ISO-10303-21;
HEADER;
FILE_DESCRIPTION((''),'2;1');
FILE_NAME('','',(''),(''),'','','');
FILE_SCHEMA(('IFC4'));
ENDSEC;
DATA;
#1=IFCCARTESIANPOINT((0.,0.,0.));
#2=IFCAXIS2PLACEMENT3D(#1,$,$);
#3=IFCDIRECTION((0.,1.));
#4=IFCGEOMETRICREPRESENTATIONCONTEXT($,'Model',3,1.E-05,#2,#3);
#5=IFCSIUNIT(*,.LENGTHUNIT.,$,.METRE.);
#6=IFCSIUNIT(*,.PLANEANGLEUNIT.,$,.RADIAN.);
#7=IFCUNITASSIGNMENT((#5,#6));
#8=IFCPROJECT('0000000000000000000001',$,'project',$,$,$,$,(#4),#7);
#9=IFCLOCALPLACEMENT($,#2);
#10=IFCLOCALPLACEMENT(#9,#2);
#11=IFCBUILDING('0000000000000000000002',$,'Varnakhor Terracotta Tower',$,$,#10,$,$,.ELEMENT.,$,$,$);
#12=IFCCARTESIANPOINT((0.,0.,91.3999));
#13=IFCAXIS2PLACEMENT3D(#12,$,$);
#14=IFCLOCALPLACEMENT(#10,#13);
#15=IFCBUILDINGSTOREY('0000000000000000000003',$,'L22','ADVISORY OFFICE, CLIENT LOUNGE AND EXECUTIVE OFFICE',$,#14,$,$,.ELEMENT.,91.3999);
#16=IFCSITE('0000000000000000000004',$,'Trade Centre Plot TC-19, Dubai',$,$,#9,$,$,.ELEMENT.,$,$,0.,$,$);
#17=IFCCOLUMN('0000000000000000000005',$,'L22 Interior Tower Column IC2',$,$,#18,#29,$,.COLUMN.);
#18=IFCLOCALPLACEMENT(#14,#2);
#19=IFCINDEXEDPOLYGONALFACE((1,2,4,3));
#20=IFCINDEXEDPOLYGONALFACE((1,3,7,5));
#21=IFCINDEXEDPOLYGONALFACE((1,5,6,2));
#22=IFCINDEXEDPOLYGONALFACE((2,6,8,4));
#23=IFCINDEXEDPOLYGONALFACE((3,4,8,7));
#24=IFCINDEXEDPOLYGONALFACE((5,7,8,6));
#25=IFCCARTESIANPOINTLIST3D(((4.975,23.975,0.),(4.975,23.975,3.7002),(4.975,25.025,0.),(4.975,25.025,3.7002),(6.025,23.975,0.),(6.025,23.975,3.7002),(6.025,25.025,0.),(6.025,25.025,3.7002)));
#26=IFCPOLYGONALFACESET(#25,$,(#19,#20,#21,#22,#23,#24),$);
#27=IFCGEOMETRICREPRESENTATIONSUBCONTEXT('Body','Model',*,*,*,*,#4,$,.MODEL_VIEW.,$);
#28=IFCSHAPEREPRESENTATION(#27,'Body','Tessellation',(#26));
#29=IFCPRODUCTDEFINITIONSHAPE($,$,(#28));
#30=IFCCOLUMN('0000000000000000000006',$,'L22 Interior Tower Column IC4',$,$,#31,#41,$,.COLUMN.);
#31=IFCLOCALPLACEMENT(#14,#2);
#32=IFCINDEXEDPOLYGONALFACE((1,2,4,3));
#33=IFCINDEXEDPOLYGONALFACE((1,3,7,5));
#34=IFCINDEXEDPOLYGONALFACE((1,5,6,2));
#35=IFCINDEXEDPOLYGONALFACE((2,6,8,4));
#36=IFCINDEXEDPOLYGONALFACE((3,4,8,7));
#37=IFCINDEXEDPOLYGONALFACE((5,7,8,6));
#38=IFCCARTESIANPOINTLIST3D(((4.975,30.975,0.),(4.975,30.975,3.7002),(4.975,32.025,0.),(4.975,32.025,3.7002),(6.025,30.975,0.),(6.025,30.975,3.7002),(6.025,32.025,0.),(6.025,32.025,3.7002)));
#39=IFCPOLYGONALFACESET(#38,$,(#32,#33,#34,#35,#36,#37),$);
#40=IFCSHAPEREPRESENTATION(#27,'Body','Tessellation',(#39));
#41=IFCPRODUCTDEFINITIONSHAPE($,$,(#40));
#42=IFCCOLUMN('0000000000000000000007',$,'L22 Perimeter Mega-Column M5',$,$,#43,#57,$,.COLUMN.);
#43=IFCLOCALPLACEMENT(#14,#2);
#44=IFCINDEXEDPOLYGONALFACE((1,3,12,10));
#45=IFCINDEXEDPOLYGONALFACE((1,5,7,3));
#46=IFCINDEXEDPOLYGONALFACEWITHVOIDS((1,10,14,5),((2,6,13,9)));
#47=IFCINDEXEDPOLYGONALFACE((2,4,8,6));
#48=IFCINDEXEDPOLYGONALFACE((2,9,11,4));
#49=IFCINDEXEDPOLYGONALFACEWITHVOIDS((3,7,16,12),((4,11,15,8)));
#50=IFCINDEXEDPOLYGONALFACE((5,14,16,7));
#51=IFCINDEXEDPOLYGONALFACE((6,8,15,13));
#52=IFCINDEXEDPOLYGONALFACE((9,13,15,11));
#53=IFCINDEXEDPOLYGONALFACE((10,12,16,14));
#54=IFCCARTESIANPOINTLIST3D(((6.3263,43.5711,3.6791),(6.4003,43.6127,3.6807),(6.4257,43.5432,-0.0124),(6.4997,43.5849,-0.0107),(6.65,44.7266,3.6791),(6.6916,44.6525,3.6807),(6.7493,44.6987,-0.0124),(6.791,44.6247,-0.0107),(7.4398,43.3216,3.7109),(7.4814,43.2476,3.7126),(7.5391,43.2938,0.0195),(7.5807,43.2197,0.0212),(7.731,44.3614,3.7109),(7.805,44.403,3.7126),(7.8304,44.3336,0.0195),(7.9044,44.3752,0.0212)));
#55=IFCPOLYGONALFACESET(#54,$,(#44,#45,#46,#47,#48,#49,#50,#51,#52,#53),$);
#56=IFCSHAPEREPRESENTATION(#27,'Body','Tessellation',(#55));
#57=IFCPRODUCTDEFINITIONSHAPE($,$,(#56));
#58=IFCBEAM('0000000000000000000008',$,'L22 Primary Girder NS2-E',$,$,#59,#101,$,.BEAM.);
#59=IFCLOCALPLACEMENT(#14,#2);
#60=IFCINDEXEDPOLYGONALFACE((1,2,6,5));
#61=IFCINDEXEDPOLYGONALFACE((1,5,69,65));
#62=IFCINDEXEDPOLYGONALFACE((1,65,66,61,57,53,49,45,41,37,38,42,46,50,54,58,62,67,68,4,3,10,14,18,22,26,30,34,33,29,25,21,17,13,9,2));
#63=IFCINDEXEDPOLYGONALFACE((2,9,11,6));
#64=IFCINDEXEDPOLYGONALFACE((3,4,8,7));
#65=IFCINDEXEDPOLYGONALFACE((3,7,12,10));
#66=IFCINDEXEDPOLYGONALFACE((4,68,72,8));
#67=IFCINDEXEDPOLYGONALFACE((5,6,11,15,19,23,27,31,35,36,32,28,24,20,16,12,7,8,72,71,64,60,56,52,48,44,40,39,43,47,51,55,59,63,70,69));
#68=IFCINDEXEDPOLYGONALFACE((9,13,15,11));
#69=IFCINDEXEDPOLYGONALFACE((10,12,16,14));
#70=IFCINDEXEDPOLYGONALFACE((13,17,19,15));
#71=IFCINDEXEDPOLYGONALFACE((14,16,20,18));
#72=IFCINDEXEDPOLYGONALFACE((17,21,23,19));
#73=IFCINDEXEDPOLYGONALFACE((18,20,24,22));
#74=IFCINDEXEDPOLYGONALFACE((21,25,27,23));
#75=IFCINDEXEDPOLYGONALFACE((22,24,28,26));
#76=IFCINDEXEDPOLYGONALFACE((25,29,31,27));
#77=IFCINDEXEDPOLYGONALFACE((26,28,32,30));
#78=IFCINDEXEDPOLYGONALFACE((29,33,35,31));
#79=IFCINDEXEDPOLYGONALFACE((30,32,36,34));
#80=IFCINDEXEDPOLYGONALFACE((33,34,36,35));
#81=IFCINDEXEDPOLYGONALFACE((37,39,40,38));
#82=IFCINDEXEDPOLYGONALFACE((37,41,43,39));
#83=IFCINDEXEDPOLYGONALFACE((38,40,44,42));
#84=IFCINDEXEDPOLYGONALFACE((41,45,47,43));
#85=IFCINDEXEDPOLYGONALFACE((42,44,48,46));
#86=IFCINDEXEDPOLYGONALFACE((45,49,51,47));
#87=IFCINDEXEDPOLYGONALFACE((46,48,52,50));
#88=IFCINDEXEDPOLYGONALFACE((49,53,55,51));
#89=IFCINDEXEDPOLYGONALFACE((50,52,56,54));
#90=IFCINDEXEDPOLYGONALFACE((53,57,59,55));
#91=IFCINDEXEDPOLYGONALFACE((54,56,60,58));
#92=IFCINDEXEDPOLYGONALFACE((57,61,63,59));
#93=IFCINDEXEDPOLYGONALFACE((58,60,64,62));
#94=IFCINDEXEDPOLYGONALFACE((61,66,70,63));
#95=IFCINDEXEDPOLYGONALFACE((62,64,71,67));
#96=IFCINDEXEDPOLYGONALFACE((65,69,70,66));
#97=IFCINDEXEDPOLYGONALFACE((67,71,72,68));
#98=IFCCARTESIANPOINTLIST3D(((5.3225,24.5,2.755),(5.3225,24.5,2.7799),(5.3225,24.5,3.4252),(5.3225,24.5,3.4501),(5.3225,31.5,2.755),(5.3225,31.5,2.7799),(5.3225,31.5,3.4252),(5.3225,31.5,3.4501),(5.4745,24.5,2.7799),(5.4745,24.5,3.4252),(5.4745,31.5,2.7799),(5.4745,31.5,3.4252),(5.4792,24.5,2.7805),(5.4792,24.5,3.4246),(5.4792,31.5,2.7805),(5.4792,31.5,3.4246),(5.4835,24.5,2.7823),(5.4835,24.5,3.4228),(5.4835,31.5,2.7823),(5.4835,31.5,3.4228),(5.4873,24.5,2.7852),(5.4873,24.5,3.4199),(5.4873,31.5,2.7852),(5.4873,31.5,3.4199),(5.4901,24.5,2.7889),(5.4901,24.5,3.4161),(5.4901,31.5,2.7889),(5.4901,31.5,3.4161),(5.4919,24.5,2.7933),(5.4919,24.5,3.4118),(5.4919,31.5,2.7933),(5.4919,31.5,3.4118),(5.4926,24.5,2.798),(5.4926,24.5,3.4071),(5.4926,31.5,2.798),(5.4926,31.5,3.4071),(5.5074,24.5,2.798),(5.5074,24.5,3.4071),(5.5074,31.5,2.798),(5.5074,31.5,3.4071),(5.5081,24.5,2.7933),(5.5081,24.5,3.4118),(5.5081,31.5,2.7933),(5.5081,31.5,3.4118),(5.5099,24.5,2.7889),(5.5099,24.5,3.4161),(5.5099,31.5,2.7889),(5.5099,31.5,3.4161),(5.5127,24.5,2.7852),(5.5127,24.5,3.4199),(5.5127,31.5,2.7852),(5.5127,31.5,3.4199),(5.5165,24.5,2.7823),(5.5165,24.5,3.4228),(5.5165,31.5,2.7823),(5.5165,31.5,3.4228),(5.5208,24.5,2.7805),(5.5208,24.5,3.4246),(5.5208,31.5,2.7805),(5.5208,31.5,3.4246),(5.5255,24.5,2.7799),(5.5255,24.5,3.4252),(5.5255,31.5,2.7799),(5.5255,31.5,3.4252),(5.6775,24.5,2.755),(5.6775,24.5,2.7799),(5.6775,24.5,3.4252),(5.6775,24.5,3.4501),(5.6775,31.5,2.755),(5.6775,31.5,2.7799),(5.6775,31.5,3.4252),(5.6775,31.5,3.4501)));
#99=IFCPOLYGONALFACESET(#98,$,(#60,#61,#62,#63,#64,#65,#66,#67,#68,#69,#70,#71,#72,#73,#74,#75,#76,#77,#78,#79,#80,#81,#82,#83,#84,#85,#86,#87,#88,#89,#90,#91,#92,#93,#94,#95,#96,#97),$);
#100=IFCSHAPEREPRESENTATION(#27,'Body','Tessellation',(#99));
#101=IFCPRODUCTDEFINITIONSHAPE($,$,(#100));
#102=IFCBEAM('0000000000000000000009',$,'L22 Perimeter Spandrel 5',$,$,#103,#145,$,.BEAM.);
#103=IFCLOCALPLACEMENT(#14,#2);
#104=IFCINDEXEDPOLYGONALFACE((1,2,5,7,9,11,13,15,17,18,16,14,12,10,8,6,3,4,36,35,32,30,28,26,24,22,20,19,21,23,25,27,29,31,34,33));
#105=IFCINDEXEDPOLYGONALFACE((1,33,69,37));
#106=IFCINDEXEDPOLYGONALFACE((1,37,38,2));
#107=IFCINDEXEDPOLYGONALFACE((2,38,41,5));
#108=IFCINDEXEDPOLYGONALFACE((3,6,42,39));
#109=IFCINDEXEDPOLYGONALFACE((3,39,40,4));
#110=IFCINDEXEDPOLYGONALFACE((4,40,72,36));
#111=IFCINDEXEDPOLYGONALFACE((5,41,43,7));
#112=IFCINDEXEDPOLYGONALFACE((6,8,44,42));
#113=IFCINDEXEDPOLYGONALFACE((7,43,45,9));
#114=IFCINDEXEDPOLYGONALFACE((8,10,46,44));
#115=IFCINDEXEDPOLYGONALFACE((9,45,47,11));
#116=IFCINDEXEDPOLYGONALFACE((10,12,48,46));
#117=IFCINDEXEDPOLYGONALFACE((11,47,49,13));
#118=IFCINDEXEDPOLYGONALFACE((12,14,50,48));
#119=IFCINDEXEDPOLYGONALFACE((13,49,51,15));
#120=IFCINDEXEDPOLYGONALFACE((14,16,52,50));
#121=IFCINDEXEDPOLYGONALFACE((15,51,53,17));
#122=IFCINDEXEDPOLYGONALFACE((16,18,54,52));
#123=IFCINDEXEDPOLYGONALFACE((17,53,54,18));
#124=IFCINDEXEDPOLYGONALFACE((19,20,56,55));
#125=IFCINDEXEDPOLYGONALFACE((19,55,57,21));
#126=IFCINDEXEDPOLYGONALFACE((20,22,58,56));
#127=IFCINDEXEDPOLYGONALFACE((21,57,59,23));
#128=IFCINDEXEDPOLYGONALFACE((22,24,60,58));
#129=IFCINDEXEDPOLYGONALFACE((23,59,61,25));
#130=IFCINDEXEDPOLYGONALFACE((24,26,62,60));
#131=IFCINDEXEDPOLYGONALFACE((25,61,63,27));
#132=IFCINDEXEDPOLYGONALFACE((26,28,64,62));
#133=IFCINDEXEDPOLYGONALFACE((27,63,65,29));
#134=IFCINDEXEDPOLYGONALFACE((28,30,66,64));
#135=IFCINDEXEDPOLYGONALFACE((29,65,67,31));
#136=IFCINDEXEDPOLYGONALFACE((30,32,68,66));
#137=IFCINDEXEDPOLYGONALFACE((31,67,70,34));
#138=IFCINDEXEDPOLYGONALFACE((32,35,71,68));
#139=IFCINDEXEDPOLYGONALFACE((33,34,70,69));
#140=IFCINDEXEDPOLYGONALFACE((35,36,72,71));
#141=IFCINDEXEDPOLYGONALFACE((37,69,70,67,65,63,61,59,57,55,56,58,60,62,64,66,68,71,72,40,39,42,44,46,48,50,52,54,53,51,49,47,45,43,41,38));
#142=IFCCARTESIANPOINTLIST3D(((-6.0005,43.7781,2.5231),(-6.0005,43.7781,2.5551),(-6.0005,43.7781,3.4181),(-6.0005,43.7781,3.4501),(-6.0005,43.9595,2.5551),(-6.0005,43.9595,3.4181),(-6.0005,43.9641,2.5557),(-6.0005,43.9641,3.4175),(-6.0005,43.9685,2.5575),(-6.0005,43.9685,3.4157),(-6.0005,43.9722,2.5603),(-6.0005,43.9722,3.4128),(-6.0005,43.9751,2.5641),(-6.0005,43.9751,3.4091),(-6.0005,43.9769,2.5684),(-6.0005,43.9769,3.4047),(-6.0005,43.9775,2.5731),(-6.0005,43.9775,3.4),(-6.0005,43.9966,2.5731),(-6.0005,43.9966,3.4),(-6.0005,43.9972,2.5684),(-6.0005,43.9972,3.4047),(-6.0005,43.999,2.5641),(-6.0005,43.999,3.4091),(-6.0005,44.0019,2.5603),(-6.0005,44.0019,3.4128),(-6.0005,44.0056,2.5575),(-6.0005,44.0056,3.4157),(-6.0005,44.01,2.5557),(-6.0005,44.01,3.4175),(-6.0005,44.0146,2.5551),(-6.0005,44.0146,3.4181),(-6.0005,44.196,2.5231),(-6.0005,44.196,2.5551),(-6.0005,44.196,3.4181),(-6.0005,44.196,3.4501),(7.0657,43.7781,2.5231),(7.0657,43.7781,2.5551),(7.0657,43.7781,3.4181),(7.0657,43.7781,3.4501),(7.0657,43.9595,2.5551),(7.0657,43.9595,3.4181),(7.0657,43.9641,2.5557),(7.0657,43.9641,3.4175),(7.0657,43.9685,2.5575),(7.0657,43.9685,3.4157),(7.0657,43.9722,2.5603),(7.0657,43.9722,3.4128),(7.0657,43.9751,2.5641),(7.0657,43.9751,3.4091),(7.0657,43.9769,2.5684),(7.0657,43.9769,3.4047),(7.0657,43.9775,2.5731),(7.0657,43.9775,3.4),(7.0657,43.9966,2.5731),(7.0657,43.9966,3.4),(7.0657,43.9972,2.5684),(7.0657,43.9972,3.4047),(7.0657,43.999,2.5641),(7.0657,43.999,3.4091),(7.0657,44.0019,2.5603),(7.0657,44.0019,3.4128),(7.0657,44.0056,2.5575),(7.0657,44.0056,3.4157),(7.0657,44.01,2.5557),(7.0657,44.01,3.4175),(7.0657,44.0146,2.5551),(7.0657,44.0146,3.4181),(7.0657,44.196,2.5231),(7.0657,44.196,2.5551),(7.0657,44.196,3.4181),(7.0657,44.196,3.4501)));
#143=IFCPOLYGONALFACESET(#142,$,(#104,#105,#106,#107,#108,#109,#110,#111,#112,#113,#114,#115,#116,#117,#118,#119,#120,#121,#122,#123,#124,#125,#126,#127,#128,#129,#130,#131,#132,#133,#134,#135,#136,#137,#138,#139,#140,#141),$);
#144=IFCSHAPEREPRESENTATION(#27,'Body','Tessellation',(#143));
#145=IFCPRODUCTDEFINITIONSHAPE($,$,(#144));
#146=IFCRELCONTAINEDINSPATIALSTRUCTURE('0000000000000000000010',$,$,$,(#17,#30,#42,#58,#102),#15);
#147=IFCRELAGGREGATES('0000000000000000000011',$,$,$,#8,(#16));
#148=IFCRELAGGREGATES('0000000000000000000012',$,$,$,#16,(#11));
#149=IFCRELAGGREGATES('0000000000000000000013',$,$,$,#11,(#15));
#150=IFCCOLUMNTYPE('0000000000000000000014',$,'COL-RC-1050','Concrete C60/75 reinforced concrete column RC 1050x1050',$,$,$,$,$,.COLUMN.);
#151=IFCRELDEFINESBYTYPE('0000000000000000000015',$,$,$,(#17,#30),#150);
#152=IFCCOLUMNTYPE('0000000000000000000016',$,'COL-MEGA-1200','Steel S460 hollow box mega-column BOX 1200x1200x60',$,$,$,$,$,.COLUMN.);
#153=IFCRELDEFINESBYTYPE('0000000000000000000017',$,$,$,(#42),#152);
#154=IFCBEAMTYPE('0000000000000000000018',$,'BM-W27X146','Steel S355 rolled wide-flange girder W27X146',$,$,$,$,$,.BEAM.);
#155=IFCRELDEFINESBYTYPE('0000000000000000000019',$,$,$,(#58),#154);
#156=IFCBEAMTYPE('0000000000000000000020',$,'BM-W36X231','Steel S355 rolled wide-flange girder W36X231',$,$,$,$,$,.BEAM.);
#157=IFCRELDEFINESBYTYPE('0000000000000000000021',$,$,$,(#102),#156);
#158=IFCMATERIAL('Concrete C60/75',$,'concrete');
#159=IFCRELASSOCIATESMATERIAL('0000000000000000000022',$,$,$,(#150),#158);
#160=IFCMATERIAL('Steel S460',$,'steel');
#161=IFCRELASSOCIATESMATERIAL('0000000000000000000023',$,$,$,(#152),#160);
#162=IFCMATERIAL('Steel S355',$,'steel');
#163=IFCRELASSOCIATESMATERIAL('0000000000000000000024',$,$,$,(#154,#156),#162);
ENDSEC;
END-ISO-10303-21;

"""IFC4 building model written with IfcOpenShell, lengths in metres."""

from ifc_helpers import new_model, si_unit, direction, frame, origin, origin_2d, place, context, subcontext, project, spatial, rectangle, hollow_rectangle, i_section, extrude, source, transform, mapped, material, material_profile, profile_set, type_object, element, save


model = new_model("IFC4")

# Units and contexts
model_context = context("Model", 3, precision=1e-05, world=origin(), true_north=direction((0.0, 1.0)))
body_context = subcontext(model_context, "Body", "Model", "MODEL_VIEW")
ifc_project = project(units=[si_unit("LENGTHUNIT", "METRE"), si_unit("PLANEANGLEUNIT", "RADIAN")], contexts=[model_context])

# Site, building, storey
site_placement = place(None, origin())
site = spatial("IfcSite", under=ifc_project, at=site_placement, Name="Trade Centre Plot TC-19, Dubai", CompositionType="ELEMENT", RefElevation=0.0)
building_placement = place(site_placement, origin())
building = spatial("IfcBuilding", under=site, at=building_placement, Name="Varnakhor Terracotta Tower", CompositionType="ELEMENT")
storey_placement = place(building_placement, frame((0.0, 0.0, 91.3999)))
storey = spatial("IfcBuildingStorey", under=building, at=storey_placement, Name="L22", Description="ADVISORY OFFICE, CLIENT LOUNGE AND EXECUTIVE OFFICE", CompositionType="ELEMENT", Elevation=91.3999)

# Columns
ifc_material_1 = material(Name="Concrete C60/75", Category="concrete")
ifc_material_profile_1 = material_profile(ifc_material_1, rectangle(XDim=1.05, YDim=1.05, at=origin_2d()), Name="RC 1050x1050")
ifc_profile_set_1 = profile_set([ifc_material_profile_1], Name="Concrete C60/75")
column_type_1 = type_object("IfcColumnType", Name="COL-RC-1050", Description="Concrete C60/75 reinforced concrete column RC 1050x1050", PredefinedType="COLUMN", material=ifc_profile_set_1)
shared_shape_1 = source(origin(), body_context, "Body", "SweptSolid", [
    extrude(rectangle(XDim=1.05, YDim=1.05, at=origin_2d()), origin(), (0.0, 0.0, 1.0), 3.7002),
])
for number, where, z_axis, x_axis, name in (
    (1, (5.5, 24.5, 0.0), (0.0, 0.0, 1.0), (1.0, 0.0, 0.0), "L22 Interior Tower Column IC2"),
    (2, (5.5, 31.5, 0.0), (0.0, 0.0, 1.0), (1.0, 0.0, 0.0), "L22 Interior Tower Column IC4"),
):
    element("IfcColumn", number, at=place(storey_placement, frame(where, z_axis=z_axis, x_axis=x_axis)), inside=storey, type_object=column_type_1, Name=name, PredefinedType="COLUMN", context=body_context, shape_type="MappedRepresentation", body=[
        mapped(shared_shape_1, transform((0.0, 0.0, 0.0), scale=1.0)),
    ])
ifc_material_2 = material(Name="Steel S460", Category="steel")
ifc_material_profile_2 = material_profile(ifc_material_2, hollow_rectangle(XDim=1.2, YDim=1.2, WallThickness=0.0601, at=origin_2d()), Name="BOX 1200x1200x60")
ifc_profile_set_2 = profile_set([ifc_material_profile_2], Name="Steel S460")
column_type_2 = type_object("IfcColumnType", Name="COL-MEGA-1200", Description="Steel S460 hollow box mega-column BOX 1200x1200x60", PredefinedType="COLUMN", material=ifc_profile_set_2)
shared_shape_2 = source(origin(), body_context, "Body", "SweptSolid", [
    extrude(hollow_rectangle(XDim=1.2, YDim=1.2, WallThickness=0.0601, at=origin_2d()), origin(), (0.0, 0.0, 1.0), 3.6929),
])
column_placement = place(storey_placement, frame((7.165, 43.9592, 0.0044), z_axis=(-0.026907, 0.007537, 0.99961), x_axis=(-0.269718, -0.962939, 0.0)))
element("IfcColumn", 3, at=column_placement, inside=storey, type_object=column_type_2, Name="L22 Perimeter Mega-Column M5", PredefinedType="COLUMN", context=body_context, shape_type="MappedRepresentation", body=[
    mapped(shared_shape_2, transform((0.0, 0.0, 0.0), scale=1.0)),
])

# Beams
ifc_material_3 = material(Name="Steel S355", Category="steel")
ifc_material_profile_3 = material_profile(ifc_material_3, i_section(OverallWidth=0.355, OverallDepth=0.6951, WebThickness=0.0149, FlangeThickness=0.0249, FilletRadius=0.0181, at=origin_2d()), Name="W27X146")
ifc_profile_set_3 = profile_set([ifc_material_profile_3], Name="Steel S355")
beam_type_1 = type_object("IfcBeamType", Name="BM-W27X146", Description="Steel S355 rolled wide-flange girder W27X146", PredefinedType="BEAM", material=ifc_profile_set_3)
shared_shape_3 = source(origin(), body_context, "Body", "SweptSolid", [
    extrude(i_section(OverallWidth=0.355, OverallDepth=0.6951, WebThickness=0.0149, FlangeThickness=0.0249, FilletRadius=0.0181, at=origin_2d()), origin(), (0.0, 0.0, 1.0), 7.0),
])
beam_1_placement = place(storey_placement, frame((5.5, 24.5, 3.1025), z_axis=(0.0, 1.0, 0.0), x_axis=(-1.0, 0.0, 0.0)))
element("IfcBeam", 4, at=beam_1_placement, inside=storey, type_object=beam_type_1, Name="L22 Primary Girder NS2-E", PredefinedType="BEAM", context=body_context, shape_type="MappedRepresentation", body=[
    mapped(shared_shape_3, transform((0.0, 0.0, 0.0), scale=1.0)),
])
ifc_material_profile_4 = material_profile(ifc_material_3, i_section(OverallWidth=0.418, OverallDepth=0.927, WebThickness=0.019, FlangeThickness=0.032, FilletRadius=0.0181, at=origin_2d()), Name="W36X231")
ifc_profile_set_4 = profile_set([ifc_material_profile_4], Name="Steel S355")
beam_type_2 = type_object("IfcBeamType", Name="BM-W36X231", Description="Steel S355 rolled wide-flange girder W36X231", PredefinedType="BEAM", material=ifc_profile_set_4)
shared_shape_4 = source(origin(), body_context, "Body", "SweptSolid", [
    extrude(i_section(OverallWidth=0.418, OverallDepth=0.927, WebThickness=0.019, FlangeThickness=0.032, FilletRadius=0.0181, at=origin_2d()), origin(), (0.0, 0.0, 1.0), 13.0662),
])
beam_2_placement = place(storey_placement, frame((7.0657, 43.9871, 2.9866), z_axis=(-1.0, 0.0, 0.0), x_axis=(0.0, -1.0, 0.0)))
element("IfcBeam", 5, at=beam_2_placement, inside=storey, type_object=beam_type_2, Name="L22 Perimeter Spandrel 5", PredefinedType="BEAM", context=body_context, shape_type="MappedRepresentation", body=[
    mapped(shared_shape_4, transform((0.0, 0.0, 0.0), scale=1.0)),
])

save(model, "model.ifc")
